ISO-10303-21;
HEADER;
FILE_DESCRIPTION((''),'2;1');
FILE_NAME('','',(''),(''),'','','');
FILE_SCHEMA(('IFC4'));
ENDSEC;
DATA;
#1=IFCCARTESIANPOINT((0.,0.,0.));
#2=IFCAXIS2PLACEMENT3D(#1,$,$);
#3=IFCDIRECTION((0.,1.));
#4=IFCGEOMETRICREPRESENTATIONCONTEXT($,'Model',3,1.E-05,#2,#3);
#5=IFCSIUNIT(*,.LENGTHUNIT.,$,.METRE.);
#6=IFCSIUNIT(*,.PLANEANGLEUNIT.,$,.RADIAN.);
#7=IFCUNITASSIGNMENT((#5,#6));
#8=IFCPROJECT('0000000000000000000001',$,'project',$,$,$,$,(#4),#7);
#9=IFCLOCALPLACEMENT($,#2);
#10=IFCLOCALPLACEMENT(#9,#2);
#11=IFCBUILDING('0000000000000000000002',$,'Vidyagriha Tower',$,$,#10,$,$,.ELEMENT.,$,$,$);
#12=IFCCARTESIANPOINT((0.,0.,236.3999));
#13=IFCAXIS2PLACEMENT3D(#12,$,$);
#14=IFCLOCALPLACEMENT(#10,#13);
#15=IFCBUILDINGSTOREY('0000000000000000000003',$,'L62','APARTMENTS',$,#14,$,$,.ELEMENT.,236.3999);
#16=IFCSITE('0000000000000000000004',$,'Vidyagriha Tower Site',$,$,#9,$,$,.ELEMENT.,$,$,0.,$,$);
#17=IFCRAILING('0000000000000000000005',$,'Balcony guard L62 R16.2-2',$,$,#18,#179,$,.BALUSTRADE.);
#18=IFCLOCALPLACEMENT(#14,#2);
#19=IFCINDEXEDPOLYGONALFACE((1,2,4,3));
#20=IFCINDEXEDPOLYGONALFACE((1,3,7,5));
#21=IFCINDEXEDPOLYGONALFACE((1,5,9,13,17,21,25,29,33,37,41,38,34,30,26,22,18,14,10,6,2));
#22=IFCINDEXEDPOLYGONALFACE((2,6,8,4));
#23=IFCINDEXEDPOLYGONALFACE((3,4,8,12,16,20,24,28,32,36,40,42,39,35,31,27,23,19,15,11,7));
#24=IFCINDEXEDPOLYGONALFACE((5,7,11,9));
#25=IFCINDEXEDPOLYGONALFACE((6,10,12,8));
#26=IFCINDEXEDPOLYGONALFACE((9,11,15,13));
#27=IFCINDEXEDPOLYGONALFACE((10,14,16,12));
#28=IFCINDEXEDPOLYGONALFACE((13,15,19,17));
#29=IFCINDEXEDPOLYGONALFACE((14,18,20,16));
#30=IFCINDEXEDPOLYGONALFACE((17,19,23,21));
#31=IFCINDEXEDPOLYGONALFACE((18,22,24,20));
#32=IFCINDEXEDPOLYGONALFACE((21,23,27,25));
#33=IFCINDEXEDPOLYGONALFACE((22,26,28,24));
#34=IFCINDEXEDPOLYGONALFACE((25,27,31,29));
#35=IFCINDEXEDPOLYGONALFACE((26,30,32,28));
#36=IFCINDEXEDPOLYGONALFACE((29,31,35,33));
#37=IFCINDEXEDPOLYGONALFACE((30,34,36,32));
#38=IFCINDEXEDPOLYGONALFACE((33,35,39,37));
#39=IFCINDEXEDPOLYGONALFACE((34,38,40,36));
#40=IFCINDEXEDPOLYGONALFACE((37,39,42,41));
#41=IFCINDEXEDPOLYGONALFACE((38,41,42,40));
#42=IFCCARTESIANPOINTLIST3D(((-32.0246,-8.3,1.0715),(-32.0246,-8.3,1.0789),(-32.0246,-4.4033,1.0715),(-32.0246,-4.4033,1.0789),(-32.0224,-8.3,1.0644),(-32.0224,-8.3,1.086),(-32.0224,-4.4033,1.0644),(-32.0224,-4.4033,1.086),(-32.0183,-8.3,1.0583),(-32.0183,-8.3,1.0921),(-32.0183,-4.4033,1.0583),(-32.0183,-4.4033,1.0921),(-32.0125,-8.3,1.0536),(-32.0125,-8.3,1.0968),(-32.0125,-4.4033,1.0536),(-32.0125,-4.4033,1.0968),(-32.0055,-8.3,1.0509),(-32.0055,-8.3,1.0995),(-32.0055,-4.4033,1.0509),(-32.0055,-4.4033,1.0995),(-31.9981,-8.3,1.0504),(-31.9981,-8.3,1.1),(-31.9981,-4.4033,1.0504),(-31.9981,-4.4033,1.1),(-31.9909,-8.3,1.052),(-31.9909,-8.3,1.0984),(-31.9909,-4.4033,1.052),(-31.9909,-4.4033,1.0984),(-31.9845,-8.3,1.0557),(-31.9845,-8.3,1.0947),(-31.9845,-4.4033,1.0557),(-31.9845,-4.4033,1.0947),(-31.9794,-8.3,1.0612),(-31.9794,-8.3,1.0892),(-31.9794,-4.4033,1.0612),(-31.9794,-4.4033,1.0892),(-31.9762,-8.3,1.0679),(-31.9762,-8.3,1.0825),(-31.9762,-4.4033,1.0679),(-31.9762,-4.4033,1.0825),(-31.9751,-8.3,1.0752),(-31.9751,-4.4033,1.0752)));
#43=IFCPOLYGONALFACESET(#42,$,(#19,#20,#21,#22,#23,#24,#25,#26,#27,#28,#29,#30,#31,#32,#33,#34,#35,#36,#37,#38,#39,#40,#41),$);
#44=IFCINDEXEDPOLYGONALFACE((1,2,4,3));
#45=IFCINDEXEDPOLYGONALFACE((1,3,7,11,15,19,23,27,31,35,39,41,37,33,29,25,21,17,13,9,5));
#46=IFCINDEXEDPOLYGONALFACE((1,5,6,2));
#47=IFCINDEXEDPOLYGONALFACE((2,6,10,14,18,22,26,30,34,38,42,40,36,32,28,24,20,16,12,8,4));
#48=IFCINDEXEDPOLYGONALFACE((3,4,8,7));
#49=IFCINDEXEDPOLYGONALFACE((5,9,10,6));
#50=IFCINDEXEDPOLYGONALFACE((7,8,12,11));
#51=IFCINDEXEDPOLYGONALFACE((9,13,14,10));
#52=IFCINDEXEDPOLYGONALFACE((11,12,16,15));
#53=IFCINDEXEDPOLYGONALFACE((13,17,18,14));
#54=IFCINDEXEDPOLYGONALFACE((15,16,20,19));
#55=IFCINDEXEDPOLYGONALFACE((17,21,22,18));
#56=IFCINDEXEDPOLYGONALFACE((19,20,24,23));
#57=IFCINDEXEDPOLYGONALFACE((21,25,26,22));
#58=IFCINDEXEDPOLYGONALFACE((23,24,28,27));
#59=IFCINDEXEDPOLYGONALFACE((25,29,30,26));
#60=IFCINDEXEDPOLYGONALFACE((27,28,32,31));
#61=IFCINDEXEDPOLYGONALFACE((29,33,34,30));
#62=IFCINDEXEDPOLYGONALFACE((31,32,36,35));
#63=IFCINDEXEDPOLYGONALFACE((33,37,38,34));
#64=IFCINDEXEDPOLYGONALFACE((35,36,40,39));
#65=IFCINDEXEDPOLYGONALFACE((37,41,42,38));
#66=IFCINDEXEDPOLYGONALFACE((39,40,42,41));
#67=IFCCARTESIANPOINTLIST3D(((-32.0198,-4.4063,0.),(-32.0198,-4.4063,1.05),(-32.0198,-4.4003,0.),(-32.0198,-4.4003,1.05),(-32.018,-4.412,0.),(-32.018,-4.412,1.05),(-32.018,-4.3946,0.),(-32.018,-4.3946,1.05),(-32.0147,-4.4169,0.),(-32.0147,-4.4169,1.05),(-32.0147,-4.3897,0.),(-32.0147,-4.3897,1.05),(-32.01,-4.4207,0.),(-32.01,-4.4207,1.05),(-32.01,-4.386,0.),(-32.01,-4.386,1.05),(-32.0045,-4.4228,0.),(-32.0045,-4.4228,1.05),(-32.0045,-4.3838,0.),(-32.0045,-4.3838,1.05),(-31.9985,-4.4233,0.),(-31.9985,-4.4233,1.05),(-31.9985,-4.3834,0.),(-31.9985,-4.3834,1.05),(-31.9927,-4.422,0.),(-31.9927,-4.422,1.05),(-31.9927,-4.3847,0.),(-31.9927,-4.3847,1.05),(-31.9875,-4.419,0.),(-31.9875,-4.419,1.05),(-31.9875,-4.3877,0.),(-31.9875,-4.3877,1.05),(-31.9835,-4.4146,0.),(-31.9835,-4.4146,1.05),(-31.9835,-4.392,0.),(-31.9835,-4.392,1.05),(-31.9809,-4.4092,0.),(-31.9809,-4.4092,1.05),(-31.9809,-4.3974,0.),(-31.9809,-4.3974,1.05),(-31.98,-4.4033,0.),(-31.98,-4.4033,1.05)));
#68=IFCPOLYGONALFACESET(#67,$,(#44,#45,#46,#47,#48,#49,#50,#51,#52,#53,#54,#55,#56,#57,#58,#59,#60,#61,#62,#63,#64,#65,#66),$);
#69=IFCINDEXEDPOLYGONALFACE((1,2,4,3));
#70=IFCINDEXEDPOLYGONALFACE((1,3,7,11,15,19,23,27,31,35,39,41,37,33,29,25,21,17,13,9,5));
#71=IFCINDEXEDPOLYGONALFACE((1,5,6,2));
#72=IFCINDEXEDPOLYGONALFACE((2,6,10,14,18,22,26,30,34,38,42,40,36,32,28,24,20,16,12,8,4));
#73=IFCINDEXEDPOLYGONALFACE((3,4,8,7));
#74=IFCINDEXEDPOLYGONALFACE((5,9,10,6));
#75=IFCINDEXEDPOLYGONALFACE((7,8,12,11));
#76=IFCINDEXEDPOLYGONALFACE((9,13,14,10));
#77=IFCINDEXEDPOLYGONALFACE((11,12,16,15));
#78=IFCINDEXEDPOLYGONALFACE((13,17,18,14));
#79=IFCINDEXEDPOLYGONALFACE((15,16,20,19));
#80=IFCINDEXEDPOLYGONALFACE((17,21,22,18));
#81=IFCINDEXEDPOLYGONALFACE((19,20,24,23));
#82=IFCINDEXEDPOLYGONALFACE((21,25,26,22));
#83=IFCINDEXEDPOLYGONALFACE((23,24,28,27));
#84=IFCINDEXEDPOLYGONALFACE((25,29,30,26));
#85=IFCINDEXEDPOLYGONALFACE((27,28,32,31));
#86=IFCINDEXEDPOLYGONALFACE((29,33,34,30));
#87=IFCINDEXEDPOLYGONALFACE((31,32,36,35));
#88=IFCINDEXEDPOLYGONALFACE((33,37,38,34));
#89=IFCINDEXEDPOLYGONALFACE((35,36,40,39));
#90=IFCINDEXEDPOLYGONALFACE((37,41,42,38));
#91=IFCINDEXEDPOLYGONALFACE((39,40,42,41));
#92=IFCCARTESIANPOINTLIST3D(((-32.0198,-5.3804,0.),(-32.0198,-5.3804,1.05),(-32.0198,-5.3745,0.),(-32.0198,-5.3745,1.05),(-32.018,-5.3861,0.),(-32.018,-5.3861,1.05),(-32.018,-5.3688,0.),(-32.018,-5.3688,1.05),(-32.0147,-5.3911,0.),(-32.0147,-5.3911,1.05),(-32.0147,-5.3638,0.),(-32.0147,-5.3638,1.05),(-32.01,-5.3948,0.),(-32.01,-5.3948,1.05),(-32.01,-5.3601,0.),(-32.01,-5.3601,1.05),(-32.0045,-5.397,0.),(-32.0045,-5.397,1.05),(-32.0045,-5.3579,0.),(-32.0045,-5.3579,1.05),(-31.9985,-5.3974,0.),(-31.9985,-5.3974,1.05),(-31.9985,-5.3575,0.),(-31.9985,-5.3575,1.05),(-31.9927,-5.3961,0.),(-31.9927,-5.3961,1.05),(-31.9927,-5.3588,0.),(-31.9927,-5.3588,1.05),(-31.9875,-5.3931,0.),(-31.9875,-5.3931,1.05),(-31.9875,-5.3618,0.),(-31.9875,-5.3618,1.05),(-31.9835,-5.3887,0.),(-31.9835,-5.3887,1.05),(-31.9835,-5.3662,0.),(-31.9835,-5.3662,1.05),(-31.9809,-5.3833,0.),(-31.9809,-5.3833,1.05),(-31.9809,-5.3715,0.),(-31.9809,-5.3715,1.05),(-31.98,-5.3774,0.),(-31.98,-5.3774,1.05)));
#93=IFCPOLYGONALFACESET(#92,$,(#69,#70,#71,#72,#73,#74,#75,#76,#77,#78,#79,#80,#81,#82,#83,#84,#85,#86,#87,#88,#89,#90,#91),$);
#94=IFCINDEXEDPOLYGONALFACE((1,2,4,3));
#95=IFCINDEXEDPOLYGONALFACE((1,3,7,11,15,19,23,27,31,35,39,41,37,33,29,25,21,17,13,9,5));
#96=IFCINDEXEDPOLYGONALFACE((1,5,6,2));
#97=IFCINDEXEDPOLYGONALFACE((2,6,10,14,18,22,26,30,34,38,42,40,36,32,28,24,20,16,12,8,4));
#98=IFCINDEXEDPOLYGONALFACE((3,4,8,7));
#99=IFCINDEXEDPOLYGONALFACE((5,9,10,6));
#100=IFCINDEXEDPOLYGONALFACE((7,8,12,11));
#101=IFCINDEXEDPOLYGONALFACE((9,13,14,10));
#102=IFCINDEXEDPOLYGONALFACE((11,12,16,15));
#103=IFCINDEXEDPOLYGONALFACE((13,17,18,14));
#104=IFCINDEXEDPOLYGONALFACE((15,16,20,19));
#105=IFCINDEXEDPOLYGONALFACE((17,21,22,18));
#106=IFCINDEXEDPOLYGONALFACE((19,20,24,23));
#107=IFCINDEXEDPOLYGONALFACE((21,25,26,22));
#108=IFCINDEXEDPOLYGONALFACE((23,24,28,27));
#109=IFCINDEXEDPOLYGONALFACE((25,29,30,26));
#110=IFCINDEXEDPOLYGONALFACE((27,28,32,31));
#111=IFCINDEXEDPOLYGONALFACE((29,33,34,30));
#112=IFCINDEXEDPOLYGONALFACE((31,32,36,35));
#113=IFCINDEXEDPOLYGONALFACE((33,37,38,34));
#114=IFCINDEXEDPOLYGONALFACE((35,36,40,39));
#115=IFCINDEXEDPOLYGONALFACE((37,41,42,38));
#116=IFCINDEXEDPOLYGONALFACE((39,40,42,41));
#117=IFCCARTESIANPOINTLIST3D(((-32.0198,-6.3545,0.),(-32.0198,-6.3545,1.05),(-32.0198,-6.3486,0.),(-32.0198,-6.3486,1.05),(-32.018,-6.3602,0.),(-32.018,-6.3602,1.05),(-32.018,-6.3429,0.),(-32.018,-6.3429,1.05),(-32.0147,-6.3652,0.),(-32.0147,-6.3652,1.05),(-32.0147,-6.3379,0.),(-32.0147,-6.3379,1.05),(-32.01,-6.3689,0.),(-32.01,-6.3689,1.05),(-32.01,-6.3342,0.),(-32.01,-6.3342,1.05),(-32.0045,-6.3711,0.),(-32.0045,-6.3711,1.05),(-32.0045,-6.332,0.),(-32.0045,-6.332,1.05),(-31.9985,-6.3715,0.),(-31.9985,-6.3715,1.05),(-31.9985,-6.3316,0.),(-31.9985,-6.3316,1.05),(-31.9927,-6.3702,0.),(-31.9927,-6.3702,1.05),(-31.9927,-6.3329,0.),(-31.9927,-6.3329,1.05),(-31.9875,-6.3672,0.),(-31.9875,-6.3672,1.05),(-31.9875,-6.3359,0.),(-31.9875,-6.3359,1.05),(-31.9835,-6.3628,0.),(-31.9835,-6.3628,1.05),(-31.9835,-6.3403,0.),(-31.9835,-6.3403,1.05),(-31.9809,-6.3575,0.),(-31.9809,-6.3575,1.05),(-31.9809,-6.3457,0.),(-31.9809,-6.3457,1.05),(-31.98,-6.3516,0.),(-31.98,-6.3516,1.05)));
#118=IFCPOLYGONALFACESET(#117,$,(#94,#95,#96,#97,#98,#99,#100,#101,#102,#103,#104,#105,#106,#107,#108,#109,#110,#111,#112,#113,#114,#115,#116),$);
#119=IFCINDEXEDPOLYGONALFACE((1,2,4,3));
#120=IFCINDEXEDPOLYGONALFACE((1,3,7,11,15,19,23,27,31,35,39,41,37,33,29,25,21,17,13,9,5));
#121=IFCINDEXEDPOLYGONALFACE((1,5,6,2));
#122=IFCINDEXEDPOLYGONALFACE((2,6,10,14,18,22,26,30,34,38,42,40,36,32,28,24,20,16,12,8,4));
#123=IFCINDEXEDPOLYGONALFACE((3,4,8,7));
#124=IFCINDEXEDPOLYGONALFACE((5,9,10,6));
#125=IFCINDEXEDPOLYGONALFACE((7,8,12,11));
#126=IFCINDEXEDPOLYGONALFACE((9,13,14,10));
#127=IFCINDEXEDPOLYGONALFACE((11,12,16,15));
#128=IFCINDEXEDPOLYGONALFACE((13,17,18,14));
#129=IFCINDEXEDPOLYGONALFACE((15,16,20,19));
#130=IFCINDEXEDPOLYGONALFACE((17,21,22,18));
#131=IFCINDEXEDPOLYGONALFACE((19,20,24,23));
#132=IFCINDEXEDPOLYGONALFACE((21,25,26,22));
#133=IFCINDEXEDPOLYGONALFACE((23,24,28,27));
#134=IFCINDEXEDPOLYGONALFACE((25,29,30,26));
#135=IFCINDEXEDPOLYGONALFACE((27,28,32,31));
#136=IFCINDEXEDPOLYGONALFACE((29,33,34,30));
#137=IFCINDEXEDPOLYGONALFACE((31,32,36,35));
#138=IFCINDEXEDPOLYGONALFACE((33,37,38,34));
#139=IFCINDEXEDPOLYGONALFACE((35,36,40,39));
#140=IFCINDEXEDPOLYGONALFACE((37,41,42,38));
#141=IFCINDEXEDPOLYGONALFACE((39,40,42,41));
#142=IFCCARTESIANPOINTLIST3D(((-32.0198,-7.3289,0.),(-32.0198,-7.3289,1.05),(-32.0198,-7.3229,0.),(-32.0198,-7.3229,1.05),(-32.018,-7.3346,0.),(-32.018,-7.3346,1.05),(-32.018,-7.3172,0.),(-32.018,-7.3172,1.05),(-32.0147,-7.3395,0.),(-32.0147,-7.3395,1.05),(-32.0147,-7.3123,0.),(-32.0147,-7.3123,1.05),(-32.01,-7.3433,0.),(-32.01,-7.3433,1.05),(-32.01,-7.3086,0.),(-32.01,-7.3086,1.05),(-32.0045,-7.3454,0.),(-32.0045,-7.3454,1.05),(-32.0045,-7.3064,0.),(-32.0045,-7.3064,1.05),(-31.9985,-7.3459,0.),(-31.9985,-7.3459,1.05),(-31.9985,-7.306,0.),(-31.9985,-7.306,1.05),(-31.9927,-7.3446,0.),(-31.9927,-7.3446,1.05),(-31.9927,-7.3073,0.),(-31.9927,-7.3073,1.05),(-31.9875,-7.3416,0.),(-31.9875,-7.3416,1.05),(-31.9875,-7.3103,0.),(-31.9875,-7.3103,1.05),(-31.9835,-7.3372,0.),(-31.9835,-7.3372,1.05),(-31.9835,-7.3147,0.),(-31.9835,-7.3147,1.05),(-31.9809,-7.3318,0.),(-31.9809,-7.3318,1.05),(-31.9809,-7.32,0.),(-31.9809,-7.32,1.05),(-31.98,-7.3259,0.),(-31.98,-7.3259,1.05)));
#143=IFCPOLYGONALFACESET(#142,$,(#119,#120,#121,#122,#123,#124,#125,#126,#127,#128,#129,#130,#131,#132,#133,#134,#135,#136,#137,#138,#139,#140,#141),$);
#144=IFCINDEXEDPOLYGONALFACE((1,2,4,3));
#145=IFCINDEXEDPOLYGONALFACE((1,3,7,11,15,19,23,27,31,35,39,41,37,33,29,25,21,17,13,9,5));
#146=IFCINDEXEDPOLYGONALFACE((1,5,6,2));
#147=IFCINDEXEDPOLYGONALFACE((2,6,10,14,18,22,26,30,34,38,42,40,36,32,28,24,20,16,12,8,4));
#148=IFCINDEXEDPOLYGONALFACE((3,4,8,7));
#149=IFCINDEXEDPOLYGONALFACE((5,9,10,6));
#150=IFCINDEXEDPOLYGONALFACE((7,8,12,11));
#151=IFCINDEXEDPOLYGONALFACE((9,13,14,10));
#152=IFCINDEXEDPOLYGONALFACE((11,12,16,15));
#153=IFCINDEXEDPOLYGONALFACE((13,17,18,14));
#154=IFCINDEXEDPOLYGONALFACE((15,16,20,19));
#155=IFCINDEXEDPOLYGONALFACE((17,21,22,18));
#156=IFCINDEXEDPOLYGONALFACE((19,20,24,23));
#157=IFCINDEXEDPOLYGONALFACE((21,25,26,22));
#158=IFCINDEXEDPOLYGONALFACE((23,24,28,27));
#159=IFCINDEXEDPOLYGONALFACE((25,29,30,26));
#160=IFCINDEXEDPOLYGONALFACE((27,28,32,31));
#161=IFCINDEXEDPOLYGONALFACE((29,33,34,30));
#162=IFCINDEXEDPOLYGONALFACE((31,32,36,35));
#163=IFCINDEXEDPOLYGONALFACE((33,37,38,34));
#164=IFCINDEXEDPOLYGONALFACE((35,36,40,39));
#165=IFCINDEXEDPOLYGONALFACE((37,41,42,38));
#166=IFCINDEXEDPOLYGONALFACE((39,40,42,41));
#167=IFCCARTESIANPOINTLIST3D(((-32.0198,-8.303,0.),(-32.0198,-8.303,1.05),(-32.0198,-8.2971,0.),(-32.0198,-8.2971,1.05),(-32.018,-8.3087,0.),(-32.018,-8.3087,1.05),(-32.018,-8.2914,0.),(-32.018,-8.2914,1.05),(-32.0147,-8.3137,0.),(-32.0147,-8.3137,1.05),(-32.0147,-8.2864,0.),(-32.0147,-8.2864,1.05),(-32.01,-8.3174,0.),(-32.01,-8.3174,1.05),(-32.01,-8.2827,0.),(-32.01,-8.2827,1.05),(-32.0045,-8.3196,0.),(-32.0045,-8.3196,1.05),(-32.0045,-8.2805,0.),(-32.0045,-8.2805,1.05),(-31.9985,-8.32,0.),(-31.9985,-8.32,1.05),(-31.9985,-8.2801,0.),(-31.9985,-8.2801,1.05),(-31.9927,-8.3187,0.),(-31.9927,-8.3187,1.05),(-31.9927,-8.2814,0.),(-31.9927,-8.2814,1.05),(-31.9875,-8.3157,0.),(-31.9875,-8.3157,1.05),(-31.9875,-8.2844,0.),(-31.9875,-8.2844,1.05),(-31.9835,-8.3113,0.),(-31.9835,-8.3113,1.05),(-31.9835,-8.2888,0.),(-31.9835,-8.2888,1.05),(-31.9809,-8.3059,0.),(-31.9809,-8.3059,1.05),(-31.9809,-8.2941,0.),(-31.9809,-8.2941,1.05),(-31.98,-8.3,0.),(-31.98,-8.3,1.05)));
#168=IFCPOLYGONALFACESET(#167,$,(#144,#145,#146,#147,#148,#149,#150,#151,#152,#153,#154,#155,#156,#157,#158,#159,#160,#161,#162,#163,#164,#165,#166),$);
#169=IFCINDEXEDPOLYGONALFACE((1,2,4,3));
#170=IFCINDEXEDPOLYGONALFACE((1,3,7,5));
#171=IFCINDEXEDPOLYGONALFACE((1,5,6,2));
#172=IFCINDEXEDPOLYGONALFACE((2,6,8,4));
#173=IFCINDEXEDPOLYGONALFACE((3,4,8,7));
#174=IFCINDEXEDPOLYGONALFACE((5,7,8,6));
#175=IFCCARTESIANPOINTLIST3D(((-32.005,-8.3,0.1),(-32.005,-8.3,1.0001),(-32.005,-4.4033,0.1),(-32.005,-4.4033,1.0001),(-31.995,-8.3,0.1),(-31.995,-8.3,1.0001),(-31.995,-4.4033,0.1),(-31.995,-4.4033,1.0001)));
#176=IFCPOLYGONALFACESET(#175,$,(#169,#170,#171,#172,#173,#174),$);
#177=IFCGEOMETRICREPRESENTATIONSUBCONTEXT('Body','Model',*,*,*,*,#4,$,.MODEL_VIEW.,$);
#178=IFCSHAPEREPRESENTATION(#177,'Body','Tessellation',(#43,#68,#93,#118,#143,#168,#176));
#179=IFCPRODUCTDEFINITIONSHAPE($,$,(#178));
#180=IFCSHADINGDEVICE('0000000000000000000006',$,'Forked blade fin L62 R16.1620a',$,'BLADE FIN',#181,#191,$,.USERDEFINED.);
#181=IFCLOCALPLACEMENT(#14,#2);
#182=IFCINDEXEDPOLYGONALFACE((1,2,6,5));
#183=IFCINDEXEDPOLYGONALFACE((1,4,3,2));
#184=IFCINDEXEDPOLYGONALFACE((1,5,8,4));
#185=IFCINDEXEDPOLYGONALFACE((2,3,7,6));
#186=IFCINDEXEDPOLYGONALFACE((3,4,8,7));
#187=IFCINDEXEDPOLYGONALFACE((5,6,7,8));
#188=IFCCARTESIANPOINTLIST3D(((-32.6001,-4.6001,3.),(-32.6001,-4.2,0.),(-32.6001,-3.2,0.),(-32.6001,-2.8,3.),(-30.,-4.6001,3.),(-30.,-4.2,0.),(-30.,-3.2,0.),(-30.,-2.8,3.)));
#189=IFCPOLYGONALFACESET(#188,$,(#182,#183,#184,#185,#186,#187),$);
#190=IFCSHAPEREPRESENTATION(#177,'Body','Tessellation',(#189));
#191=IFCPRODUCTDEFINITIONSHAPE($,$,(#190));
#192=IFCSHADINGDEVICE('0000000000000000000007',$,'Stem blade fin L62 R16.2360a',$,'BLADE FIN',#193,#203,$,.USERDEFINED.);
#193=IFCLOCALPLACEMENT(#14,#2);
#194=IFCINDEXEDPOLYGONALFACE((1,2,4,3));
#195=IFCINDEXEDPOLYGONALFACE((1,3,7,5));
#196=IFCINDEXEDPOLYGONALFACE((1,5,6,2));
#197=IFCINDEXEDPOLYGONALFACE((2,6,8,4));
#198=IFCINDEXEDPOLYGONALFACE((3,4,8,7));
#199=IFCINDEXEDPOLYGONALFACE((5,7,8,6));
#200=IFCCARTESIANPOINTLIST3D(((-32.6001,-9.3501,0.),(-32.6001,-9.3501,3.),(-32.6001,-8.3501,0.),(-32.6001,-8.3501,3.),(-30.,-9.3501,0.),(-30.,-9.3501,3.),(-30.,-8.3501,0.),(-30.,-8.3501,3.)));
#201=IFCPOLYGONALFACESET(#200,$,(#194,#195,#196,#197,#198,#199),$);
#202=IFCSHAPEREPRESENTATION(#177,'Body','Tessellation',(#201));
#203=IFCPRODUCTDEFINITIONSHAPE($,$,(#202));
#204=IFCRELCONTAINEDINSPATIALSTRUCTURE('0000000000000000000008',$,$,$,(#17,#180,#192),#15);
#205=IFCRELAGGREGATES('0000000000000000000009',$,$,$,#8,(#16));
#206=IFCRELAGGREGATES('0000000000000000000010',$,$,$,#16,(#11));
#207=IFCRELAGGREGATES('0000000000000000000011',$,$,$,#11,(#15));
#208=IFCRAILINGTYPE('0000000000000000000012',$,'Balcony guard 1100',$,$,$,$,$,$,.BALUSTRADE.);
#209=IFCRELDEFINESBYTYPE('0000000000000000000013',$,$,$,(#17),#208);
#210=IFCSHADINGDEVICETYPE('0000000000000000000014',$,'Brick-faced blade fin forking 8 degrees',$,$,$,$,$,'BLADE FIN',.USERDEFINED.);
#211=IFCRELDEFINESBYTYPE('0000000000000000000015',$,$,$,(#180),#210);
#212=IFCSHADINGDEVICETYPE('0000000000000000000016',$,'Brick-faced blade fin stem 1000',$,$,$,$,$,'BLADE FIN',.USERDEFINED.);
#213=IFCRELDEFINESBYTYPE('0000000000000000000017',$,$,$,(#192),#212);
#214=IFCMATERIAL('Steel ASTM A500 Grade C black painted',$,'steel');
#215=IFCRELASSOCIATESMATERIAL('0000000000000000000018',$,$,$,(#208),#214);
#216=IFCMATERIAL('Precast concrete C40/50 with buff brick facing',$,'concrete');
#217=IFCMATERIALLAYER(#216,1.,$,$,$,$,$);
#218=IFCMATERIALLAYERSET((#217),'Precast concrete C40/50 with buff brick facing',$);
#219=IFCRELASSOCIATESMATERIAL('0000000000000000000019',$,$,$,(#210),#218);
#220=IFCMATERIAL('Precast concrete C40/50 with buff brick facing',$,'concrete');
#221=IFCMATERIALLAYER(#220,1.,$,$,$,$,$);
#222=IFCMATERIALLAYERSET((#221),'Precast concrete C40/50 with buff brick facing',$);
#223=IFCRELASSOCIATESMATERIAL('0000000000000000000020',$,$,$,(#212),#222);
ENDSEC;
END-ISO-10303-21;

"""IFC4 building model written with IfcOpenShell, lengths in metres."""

from ifc_helpers import new_model, si_unit, direction, frame, origin, origin_2d, place, context, subcontext, project, spatial, polyline, rectangle, circle, outline, extrude, material, layer, layer_set, type_object, element, save


model = new_model("IFC4")

# Units and contexts
model_context = context("Model", 3, precision=1e-05, world=origin(), true_north=direction((0.0, 1.0)))
body_context = subcontext(model_context, "Body", "Model", "MODEL_VIEW")
ifc_project = project(units=[si_unit("LENGTHUNIT", "METRE"), si_unit("PLANEANGLEUNIT", "RADIAN")], contexts=[model_context])

# Site, building, storey
site_placement = place(None, origin())
site = spatial("IfcSite", under=ifc_project, at=site_placement, Name="Vidyagriha Tower Site", CompositionType="ELEMENT", RefElevation=0.0)
building_placement = place(site_placement, origin())
building = spatial("IfcBuilding", under=site, at=building_placement, Name="Vidyagriha Tower", CompositionType="ELEMENT")
storey_placement = place(building_placement, frame((0.0, 0.0, 236.3999)))
storey = spatial("IfcBuildingStorey", under=building, at=storey_placement, Name="L62", Description="APARTMENTS", CompositionType="ELEMENT", Elevation=236.3999)

# Railing
ifc_material_1 = material(Name="Steel ASTM A500 Grade C black painted", Category="steel")
railing_type_1 = type_object("IfcRailingType", Name="Balcony guard 1100", PredefinedType="BALUSTRADE", material=ifc_material_1)
railing_1_placement = place(storey_placement, frame((-32.0, -4.4033, 0.0)))
element("IfcRailing", 1, at=railing_1_placement, inside=storey, type_object=railing_type_1, Name="Balcony guard L62 R16.2-2", PredefinedType="BALUSTRADE", context=body_context, shape_type="SweptSolid", body=[
    extrude(circle(Radius=0.0249, at=origin_2d()), frame((0.0, 0.0, 1.0752), z_axis=(0.0, -1.0, 0.0), x_axis=(1.0, 0.0, 0.0)), (0.0, 0.0, 1.0), 3.8967),
    extrude(circle(Radius=0.02, at=origin_2d()), origin(), (0.0, 0.0, 1.0), 1.05),
    extrude(circle(Radius=0.02, at=origin_2d()), frame((0.0, -0.9741, 0.0)), (0.0, 0.0, 1.0), 1.05),
    extrude(circle(Radius=0.02, at=origin_2d()), frame((0.0, -1.9482, 0.0)), (0.0, 0.0, 1.0), 1.05),
    extrude(circle(Radius=0.02, at=origin_2d()), frame((0.0, -2.9226, 0.0)), (0.0, 0.0, 1.0), 1.05),
    extrude(circle(Radius=0.02, at=origin_2d()), frame((0.0, -3.8967, 0.0)), (0.0, 0.0, 1.0), 1.05),
    extrude(rectangle(XDim=0.01, YDim=0.9001, at=origin_2d()), frame((0.0, 0.0, 0.55), z_axis=(0.0, -1.0, 0.0), x_axis=(1.0, 0.0, 0.0)), (0.0, 0.0, 1.0), 3.8967),
])

# Shading devices
ifc_material_2 = material(Name="Precast concrete C40/50 with buff brick facing", Category="concrete")
ifc_layer_1 = layer(ifc_material_2, 1.0)
ifc_layer_set_1 = layer_set([ifc_layer_1], Name="Precast concrete C40/50 with buff brick facing")
shading_device_type_1 = type_object("IfcShadingDeviceType", Name="Brick-faced blade fin forking 8 degrees", ElementType="BLADE FIN", PredefinedType="USERDEFINED", material=ifc_layer_set_1)
shading_device_1_placement = place(storey_placement, frame((-31.3, -2.8, 0.0), z_axis=(0.0, 0.0, 1.0), x_axis=(0.0, -1.0, 0.0)))
element("IfcShadingDevice", 2, at=shading_device_1_placement, inside=storey, type_object=shading_device_type_1, Name="Forked blade fin L62 R16.1620a", ObjectType="BLADE FIN", PredefinedType="USERDEFINED", context=body_context, shape_type="SweptSolid", body=[
    extrude(outline(polyline([(0.3999, 0.0), (1.3999, 0.0), (1.8, 3.0), (0.0, 3.0), (0.3999, 0.0)])), frame((0.0, 1.3, 0.0), z_axis=(0.0, -1.0, 0.0), x_axis=(1.0, 0.0, 0.0)), (0.0, 0.0, 1.0), 2.6001),
])
ifc_material_3 = material(Name="Precast concrete C40/50 with buff brick facing", Category="concrete")
ifc_layer_2 = layer(ifc_material_3, 1.0)
ifc_layer_set_2 = layer_set([ifc_layer_2], Name="Precast concrete C40/50 with buff brick facing")
shading_device_type_2 = type_object("IfcShadingDeviceType", Name="Brick-faced blade fin stem 1000", ElementType="BLADE FIN", PredefinedType="USERDEFINED", material=ifc_layer_set_2)
shading_device_2_placement = place(storey_placement, frame((-31.3, -8.3501, 0.0), z_axis=(0.0, 0.0, 1.0), x_axis=(0.0, -1.0, 0.0)))
element("IfcShadingDevice", 3, at=shading_device_2_placement, inside=storey, type_object=shading_device_type_2, Name="Stem blade fin L62 R16.2360a", ObjectType="BLADE FIN", PredefinedType="USERDEFINED", context=body_context, shape_type="SweptSolid", body=[
    extrude(outline(polyline([(0.0, 0.0), (1.0, 0.0), (1.0, 3.0), (0.0, 3.0), (0.0, 0.0)])), frame((0.0, 1.3, 0.0), z_axis=(0.0, -1.0, 0.0), x_axis=(1.0, 0.0, 0.0)), (0.0, 0.0, 1.0), 2.6001),
])

save(model, "model.ifc")
